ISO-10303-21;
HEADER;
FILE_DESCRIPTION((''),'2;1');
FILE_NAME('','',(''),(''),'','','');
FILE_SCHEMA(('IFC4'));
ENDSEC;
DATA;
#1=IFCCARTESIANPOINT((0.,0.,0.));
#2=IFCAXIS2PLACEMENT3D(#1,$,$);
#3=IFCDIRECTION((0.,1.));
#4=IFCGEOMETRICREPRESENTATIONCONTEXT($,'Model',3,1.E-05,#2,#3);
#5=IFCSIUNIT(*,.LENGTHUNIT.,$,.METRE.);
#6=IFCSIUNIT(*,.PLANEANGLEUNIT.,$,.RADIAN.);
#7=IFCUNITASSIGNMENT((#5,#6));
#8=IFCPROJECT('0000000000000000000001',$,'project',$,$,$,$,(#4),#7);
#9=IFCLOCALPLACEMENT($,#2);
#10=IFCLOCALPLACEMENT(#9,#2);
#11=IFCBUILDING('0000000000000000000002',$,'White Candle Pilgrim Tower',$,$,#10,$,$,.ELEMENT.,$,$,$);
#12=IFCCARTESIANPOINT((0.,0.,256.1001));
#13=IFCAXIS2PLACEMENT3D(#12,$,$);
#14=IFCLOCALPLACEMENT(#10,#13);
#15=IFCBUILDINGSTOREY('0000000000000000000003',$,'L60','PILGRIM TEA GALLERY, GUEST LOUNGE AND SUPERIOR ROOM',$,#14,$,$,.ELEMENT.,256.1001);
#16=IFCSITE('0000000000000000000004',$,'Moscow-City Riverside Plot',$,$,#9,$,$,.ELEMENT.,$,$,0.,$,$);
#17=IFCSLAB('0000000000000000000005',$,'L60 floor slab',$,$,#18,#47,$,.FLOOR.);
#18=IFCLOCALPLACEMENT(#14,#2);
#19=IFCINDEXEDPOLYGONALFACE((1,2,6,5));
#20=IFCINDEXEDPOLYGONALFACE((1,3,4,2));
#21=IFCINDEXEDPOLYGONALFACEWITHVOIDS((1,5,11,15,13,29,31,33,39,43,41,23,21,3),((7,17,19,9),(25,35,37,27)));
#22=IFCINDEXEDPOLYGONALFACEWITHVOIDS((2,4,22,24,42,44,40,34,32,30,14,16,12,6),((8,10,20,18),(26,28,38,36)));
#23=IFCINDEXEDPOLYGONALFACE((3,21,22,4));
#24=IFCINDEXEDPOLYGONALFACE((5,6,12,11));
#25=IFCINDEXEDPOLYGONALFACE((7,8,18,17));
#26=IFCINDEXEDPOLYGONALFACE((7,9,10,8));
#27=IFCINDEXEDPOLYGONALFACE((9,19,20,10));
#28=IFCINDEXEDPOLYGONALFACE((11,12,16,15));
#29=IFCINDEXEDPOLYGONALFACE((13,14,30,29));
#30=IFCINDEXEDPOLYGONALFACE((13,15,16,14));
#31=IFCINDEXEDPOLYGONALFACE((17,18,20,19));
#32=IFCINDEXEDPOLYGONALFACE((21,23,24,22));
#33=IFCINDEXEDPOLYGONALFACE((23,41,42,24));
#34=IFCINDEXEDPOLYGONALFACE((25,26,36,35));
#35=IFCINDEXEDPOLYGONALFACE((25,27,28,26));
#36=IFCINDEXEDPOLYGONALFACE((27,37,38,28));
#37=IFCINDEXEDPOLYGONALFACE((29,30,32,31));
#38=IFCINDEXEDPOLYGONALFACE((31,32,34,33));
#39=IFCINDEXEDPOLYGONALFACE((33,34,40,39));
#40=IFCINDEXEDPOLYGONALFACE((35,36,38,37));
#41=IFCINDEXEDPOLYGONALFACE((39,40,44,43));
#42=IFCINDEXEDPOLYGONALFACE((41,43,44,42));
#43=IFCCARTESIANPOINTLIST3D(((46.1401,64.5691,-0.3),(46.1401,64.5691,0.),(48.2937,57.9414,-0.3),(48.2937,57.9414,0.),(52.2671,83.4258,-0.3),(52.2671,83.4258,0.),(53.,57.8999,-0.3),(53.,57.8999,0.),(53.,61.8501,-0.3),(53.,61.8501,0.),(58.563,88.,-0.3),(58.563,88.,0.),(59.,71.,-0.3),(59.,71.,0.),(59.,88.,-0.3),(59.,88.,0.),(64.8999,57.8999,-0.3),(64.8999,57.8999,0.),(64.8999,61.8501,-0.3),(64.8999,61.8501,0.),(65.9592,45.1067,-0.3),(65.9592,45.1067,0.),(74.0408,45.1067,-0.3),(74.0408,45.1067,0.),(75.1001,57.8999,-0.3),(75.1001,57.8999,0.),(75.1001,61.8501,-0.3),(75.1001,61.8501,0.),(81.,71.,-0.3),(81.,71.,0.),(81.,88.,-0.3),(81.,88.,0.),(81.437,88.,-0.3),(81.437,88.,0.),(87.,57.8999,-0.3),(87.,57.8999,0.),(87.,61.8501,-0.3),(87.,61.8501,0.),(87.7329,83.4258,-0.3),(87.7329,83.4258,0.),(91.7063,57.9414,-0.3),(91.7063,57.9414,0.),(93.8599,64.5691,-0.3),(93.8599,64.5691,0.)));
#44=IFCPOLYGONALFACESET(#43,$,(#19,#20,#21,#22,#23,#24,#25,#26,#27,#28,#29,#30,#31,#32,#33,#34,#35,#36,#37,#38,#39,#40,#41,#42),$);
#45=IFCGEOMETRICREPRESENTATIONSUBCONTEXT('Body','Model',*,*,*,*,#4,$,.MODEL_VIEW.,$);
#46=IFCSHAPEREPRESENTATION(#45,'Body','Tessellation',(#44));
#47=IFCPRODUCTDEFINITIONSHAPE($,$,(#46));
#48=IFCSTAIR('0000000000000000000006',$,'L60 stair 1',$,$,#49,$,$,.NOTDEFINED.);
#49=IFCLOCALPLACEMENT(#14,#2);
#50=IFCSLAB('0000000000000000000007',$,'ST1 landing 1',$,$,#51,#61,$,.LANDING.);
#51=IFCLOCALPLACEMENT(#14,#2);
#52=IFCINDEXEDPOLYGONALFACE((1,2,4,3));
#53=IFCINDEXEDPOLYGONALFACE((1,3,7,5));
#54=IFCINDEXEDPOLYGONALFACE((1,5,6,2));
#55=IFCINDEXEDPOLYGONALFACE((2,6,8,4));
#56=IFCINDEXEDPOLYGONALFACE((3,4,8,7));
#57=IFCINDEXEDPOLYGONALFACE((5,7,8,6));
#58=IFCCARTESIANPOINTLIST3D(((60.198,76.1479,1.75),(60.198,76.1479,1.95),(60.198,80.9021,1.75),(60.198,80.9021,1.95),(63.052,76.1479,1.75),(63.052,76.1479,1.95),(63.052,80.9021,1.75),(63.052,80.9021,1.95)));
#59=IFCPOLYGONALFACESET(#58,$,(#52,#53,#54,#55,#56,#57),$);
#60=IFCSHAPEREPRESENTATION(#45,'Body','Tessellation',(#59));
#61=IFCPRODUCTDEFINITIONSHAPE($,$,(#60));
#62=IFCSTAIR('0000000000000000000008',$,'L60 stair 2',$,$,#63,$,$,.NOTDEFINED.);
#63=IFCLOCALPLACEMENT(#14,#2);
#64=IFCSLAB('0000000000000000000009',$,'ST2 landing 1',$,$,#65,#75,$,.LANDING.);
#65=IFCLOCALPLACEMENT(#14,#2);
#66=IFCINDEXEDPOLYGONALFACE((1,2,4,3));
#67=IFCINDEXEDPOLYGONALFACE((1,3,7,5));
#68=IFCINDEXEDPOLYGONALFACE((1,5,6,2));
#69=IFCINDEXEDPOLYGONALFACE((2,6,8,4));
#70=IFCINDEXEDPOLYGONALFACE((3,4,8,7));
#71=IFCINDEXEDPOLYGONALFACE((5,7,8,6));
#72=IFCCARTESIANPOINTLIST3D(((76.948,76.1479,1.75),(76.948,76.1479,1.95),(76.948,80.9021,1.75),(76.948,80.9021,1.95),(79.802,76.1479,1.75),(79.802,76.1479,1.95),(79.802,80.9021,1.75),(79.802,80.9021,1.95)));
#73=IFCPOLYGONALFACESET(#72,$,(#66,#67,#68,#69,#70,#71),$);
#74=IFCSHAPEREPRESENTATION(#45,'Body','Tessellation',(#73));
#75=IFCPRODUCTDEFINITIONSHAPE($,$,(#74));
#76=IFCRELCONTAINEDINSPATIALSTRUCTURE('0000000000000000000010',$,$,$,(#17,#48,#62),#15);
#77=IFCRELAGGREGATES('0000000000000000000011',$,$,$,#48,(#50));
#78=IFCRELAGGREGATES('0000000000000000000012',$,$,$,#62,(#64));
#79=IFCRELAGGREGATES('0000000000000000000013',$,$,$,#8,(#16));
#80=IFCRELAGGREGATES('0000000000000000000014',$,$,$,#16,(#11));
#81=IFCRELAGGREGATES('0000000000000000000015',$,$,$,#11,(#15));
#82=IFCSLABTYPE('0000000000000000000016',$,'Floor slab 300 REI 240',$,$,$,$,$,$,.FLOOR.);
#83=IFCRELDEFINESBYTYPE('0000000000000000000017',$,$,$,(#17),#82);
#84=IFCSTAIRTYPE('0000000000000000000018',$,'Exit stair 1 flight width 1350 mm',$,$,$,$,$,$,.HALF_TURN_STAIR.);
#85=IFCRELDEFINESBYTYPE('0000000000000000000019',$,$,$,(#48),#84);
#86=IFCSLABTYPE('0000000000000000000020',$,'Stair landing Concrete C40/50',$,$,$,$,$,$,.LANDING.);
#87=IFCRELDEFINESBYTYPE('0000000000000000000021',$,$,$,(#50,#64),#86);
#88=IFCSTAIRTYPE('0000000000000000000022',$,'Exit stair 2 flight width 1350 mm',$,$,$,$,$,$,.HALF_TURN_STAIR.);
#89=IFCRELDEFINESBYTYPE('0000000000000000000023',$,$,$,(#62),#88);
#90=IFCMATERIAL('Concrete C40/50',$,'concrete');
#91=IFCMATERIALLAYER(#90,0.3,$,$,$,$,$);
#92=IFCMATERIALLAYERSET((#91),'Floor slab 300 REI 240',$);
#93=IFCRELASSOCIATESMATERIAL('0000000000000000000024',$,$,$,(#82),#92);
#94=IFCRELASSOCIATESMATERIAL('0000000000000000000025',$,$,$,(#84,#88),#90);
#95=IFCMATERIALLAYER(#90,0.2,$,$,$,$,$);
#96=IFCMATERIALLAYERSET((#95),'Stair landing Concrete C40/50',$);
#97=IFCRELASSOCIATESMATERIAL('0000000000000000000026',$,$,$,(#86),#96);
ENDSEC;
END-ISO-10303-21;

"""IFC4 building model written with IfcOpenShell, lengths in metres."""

from ifc_helpers import new_model, si_unit, direction, frame, origin, place, context, subcontext, project, spatial, polyline, outline, extrude, material, layer, layer_set, type_object, element, aggregate, save


model = new_model("IFC4")

# Units and contexts
model_context = context("Model", 3, precision=1e-05, world=origin(), true_north=direction((0.0, 1.0)))
body_context = subcontext(model_context, "Body", "Model", "MODEL_VIEW")
ifc_project = project(units=[si_unit("LENGTHUNIT", "METRE"), si_unit("PLANEANGLEUNIT", "RADIAN")], contexts=[model_context])

# Site, building, storey
site_placement = place(None, origin())
site = spatial("IfcSite", under=ifc_project, at=site_placement, Name="Moscow-City Riverside Plot", CompositionType="ELEMENT", RefElevation=0.0)
building_placement = place(site_placement, origin())
building = spatial("IfcBuilding", under=site, at=building_placement, Name="White Candle Pilgrim Tower", CompositionType="ELEMENT")
storey_placement = place(building_placement, frame((0.0, 0.0, 256.1001)))
storey = spatial("IfcBuildingStorey", under=building, at=storey_placement, Name="L60", Description="PILGRIM TEA GALLERY, GUEST LOUNGE AND SUPERIOR ROOM", CompositionType="ELEMENT", Elevation=256.1001)

# Slab
ifc_material = material(Name="Concrete C40/50", Category="concrete")
ifc_layer_1 = layer(ifc_material, 0.3)
ifc_layer_set_1 = layer_set([ifc_layer_1], Name="Floor slab 300 REI 240")
slab_type_1 = type_object("IfcSlabType", Name="Floor slab 300 REI 240", PredefinedType="FLOOR", material=ifc_layer_set_1)
slab_1_placement = place(storey_placement, frame((0.0, 0.0, -0.3)))
element("IfcSlab", 1, at=slab_1_placement, inside=storey, type_object=slab_type_1, Name="L60 floor slab", PredefinedType="FLOOR", context=body_context, shape_type="SweptSolid", body=[
    extrude(outline(polyline([(65.9592, 45.1067), (74.0408, 45.1067), (91.7063, 57.9414), (93.8599, 64.5691), (87.7329, 83.4258), (81.437, 88.0), (81.0, 88.0), (81.0, 71.0), (59.0, 71.0), (59.0, 88.0), (58.563, 88.0), (52.2671, 83.4258), (46.1401, 64.5691), (48.2937, 57.9414), (65.9592, 45.1067)]), holes=[polyline([(53.0, 57.8999), (53.0, 61.8501), (64.8999, 61.8501), (64.8999, 57.8999), (53.0, 57.8999)]), polyline([(75.1001, 57.8999), (75.1001, 61.8501), (87.0, 61.8501), (87.0, 57.8999), (75.1001, 57.8999)])]), origin(), (0.0, 0.0, 1.0), 0.3),
])

# Stairs, slabs
stair_type_1 = type_object("IfcStairType", Name="Exit stair 1 flight width 1350 mm", PredefinedType="HALF_TURN_STAIR", material=ifc_material)
stair_1_placement = place(storey_placement, origin())
stair_1 = element("IfcStair", 2, at=stair_1_placement, inside=storey, type_object=stair_type_1, Name="L60 stair 1", PredefinedType="NOTDEFINED")
ifc_layer_2 = layer(ifc_material, 0.2)
ifc_layer_set_2 = layer_set([ifc_layer_2], Name="Stair landing Concrete C40/50")
slab_type_2 = type_object("IfcSlabType", Name="Stair landing Concrete C40/50", PredefinedType="LANDING", material=ifc_layer_set_2)
slab_2_placement = place(storey_placement, frame((0.0, 0.0, 1.75)))
slab_2 = element("IfcSlab", 3, at=slab_2_placement, type_object=slab_type_2, Name="ST1 landing 1", PredefinedType="LANDING", context=body_context, shape_type="SweptSolid", body=[
    extrude(outline(polyline([(63.052, 76.1479), (60.198, 76.1479), (60.198, 80.9021), (63.052, 80.9021), (63.052, 76.1479)])), origin(), (0.0, 0.0, 1.0), 0.2),
])
aggregate(stair_1, [slab_2])
stair_type_2 = type_object("IfcStairType", Name="Exit stair 2 flight width 1350 mm", PredefinedType="HALF_TURN_STAIR", material=ifc_material)
stair_2_placement = place(storey_placement, origin())
stair_2 = element("IfcStair", 4, at=stair_2_placement, inside=storey, type_object=stair_type_2, Name="L60 stair 2", PredefinedType="NOTDEFINED")
slab_3_placement = place(storey_placement, frame((0.0, 0.0, 1.75)))
slab_3 = element("IfcSlab", 5, at=slab_3_placement, type_object=slab_type_2, Name="ST2 landing 1", PredefinedType="LANDING", context=body_context, shape_type="SweptSolid", body=[
    extrude(outline(polyline([(79.802, 76.1479), (76.948, 76.1479), (76.948, 80.9021), (79.802, 80.9021), (79.802, 76.1479)])), origin(), (0.0, 0.0, 1.0), 0.2),
])
aggregate(stair_2, [slab_3])

save(model, "model.ifc")
